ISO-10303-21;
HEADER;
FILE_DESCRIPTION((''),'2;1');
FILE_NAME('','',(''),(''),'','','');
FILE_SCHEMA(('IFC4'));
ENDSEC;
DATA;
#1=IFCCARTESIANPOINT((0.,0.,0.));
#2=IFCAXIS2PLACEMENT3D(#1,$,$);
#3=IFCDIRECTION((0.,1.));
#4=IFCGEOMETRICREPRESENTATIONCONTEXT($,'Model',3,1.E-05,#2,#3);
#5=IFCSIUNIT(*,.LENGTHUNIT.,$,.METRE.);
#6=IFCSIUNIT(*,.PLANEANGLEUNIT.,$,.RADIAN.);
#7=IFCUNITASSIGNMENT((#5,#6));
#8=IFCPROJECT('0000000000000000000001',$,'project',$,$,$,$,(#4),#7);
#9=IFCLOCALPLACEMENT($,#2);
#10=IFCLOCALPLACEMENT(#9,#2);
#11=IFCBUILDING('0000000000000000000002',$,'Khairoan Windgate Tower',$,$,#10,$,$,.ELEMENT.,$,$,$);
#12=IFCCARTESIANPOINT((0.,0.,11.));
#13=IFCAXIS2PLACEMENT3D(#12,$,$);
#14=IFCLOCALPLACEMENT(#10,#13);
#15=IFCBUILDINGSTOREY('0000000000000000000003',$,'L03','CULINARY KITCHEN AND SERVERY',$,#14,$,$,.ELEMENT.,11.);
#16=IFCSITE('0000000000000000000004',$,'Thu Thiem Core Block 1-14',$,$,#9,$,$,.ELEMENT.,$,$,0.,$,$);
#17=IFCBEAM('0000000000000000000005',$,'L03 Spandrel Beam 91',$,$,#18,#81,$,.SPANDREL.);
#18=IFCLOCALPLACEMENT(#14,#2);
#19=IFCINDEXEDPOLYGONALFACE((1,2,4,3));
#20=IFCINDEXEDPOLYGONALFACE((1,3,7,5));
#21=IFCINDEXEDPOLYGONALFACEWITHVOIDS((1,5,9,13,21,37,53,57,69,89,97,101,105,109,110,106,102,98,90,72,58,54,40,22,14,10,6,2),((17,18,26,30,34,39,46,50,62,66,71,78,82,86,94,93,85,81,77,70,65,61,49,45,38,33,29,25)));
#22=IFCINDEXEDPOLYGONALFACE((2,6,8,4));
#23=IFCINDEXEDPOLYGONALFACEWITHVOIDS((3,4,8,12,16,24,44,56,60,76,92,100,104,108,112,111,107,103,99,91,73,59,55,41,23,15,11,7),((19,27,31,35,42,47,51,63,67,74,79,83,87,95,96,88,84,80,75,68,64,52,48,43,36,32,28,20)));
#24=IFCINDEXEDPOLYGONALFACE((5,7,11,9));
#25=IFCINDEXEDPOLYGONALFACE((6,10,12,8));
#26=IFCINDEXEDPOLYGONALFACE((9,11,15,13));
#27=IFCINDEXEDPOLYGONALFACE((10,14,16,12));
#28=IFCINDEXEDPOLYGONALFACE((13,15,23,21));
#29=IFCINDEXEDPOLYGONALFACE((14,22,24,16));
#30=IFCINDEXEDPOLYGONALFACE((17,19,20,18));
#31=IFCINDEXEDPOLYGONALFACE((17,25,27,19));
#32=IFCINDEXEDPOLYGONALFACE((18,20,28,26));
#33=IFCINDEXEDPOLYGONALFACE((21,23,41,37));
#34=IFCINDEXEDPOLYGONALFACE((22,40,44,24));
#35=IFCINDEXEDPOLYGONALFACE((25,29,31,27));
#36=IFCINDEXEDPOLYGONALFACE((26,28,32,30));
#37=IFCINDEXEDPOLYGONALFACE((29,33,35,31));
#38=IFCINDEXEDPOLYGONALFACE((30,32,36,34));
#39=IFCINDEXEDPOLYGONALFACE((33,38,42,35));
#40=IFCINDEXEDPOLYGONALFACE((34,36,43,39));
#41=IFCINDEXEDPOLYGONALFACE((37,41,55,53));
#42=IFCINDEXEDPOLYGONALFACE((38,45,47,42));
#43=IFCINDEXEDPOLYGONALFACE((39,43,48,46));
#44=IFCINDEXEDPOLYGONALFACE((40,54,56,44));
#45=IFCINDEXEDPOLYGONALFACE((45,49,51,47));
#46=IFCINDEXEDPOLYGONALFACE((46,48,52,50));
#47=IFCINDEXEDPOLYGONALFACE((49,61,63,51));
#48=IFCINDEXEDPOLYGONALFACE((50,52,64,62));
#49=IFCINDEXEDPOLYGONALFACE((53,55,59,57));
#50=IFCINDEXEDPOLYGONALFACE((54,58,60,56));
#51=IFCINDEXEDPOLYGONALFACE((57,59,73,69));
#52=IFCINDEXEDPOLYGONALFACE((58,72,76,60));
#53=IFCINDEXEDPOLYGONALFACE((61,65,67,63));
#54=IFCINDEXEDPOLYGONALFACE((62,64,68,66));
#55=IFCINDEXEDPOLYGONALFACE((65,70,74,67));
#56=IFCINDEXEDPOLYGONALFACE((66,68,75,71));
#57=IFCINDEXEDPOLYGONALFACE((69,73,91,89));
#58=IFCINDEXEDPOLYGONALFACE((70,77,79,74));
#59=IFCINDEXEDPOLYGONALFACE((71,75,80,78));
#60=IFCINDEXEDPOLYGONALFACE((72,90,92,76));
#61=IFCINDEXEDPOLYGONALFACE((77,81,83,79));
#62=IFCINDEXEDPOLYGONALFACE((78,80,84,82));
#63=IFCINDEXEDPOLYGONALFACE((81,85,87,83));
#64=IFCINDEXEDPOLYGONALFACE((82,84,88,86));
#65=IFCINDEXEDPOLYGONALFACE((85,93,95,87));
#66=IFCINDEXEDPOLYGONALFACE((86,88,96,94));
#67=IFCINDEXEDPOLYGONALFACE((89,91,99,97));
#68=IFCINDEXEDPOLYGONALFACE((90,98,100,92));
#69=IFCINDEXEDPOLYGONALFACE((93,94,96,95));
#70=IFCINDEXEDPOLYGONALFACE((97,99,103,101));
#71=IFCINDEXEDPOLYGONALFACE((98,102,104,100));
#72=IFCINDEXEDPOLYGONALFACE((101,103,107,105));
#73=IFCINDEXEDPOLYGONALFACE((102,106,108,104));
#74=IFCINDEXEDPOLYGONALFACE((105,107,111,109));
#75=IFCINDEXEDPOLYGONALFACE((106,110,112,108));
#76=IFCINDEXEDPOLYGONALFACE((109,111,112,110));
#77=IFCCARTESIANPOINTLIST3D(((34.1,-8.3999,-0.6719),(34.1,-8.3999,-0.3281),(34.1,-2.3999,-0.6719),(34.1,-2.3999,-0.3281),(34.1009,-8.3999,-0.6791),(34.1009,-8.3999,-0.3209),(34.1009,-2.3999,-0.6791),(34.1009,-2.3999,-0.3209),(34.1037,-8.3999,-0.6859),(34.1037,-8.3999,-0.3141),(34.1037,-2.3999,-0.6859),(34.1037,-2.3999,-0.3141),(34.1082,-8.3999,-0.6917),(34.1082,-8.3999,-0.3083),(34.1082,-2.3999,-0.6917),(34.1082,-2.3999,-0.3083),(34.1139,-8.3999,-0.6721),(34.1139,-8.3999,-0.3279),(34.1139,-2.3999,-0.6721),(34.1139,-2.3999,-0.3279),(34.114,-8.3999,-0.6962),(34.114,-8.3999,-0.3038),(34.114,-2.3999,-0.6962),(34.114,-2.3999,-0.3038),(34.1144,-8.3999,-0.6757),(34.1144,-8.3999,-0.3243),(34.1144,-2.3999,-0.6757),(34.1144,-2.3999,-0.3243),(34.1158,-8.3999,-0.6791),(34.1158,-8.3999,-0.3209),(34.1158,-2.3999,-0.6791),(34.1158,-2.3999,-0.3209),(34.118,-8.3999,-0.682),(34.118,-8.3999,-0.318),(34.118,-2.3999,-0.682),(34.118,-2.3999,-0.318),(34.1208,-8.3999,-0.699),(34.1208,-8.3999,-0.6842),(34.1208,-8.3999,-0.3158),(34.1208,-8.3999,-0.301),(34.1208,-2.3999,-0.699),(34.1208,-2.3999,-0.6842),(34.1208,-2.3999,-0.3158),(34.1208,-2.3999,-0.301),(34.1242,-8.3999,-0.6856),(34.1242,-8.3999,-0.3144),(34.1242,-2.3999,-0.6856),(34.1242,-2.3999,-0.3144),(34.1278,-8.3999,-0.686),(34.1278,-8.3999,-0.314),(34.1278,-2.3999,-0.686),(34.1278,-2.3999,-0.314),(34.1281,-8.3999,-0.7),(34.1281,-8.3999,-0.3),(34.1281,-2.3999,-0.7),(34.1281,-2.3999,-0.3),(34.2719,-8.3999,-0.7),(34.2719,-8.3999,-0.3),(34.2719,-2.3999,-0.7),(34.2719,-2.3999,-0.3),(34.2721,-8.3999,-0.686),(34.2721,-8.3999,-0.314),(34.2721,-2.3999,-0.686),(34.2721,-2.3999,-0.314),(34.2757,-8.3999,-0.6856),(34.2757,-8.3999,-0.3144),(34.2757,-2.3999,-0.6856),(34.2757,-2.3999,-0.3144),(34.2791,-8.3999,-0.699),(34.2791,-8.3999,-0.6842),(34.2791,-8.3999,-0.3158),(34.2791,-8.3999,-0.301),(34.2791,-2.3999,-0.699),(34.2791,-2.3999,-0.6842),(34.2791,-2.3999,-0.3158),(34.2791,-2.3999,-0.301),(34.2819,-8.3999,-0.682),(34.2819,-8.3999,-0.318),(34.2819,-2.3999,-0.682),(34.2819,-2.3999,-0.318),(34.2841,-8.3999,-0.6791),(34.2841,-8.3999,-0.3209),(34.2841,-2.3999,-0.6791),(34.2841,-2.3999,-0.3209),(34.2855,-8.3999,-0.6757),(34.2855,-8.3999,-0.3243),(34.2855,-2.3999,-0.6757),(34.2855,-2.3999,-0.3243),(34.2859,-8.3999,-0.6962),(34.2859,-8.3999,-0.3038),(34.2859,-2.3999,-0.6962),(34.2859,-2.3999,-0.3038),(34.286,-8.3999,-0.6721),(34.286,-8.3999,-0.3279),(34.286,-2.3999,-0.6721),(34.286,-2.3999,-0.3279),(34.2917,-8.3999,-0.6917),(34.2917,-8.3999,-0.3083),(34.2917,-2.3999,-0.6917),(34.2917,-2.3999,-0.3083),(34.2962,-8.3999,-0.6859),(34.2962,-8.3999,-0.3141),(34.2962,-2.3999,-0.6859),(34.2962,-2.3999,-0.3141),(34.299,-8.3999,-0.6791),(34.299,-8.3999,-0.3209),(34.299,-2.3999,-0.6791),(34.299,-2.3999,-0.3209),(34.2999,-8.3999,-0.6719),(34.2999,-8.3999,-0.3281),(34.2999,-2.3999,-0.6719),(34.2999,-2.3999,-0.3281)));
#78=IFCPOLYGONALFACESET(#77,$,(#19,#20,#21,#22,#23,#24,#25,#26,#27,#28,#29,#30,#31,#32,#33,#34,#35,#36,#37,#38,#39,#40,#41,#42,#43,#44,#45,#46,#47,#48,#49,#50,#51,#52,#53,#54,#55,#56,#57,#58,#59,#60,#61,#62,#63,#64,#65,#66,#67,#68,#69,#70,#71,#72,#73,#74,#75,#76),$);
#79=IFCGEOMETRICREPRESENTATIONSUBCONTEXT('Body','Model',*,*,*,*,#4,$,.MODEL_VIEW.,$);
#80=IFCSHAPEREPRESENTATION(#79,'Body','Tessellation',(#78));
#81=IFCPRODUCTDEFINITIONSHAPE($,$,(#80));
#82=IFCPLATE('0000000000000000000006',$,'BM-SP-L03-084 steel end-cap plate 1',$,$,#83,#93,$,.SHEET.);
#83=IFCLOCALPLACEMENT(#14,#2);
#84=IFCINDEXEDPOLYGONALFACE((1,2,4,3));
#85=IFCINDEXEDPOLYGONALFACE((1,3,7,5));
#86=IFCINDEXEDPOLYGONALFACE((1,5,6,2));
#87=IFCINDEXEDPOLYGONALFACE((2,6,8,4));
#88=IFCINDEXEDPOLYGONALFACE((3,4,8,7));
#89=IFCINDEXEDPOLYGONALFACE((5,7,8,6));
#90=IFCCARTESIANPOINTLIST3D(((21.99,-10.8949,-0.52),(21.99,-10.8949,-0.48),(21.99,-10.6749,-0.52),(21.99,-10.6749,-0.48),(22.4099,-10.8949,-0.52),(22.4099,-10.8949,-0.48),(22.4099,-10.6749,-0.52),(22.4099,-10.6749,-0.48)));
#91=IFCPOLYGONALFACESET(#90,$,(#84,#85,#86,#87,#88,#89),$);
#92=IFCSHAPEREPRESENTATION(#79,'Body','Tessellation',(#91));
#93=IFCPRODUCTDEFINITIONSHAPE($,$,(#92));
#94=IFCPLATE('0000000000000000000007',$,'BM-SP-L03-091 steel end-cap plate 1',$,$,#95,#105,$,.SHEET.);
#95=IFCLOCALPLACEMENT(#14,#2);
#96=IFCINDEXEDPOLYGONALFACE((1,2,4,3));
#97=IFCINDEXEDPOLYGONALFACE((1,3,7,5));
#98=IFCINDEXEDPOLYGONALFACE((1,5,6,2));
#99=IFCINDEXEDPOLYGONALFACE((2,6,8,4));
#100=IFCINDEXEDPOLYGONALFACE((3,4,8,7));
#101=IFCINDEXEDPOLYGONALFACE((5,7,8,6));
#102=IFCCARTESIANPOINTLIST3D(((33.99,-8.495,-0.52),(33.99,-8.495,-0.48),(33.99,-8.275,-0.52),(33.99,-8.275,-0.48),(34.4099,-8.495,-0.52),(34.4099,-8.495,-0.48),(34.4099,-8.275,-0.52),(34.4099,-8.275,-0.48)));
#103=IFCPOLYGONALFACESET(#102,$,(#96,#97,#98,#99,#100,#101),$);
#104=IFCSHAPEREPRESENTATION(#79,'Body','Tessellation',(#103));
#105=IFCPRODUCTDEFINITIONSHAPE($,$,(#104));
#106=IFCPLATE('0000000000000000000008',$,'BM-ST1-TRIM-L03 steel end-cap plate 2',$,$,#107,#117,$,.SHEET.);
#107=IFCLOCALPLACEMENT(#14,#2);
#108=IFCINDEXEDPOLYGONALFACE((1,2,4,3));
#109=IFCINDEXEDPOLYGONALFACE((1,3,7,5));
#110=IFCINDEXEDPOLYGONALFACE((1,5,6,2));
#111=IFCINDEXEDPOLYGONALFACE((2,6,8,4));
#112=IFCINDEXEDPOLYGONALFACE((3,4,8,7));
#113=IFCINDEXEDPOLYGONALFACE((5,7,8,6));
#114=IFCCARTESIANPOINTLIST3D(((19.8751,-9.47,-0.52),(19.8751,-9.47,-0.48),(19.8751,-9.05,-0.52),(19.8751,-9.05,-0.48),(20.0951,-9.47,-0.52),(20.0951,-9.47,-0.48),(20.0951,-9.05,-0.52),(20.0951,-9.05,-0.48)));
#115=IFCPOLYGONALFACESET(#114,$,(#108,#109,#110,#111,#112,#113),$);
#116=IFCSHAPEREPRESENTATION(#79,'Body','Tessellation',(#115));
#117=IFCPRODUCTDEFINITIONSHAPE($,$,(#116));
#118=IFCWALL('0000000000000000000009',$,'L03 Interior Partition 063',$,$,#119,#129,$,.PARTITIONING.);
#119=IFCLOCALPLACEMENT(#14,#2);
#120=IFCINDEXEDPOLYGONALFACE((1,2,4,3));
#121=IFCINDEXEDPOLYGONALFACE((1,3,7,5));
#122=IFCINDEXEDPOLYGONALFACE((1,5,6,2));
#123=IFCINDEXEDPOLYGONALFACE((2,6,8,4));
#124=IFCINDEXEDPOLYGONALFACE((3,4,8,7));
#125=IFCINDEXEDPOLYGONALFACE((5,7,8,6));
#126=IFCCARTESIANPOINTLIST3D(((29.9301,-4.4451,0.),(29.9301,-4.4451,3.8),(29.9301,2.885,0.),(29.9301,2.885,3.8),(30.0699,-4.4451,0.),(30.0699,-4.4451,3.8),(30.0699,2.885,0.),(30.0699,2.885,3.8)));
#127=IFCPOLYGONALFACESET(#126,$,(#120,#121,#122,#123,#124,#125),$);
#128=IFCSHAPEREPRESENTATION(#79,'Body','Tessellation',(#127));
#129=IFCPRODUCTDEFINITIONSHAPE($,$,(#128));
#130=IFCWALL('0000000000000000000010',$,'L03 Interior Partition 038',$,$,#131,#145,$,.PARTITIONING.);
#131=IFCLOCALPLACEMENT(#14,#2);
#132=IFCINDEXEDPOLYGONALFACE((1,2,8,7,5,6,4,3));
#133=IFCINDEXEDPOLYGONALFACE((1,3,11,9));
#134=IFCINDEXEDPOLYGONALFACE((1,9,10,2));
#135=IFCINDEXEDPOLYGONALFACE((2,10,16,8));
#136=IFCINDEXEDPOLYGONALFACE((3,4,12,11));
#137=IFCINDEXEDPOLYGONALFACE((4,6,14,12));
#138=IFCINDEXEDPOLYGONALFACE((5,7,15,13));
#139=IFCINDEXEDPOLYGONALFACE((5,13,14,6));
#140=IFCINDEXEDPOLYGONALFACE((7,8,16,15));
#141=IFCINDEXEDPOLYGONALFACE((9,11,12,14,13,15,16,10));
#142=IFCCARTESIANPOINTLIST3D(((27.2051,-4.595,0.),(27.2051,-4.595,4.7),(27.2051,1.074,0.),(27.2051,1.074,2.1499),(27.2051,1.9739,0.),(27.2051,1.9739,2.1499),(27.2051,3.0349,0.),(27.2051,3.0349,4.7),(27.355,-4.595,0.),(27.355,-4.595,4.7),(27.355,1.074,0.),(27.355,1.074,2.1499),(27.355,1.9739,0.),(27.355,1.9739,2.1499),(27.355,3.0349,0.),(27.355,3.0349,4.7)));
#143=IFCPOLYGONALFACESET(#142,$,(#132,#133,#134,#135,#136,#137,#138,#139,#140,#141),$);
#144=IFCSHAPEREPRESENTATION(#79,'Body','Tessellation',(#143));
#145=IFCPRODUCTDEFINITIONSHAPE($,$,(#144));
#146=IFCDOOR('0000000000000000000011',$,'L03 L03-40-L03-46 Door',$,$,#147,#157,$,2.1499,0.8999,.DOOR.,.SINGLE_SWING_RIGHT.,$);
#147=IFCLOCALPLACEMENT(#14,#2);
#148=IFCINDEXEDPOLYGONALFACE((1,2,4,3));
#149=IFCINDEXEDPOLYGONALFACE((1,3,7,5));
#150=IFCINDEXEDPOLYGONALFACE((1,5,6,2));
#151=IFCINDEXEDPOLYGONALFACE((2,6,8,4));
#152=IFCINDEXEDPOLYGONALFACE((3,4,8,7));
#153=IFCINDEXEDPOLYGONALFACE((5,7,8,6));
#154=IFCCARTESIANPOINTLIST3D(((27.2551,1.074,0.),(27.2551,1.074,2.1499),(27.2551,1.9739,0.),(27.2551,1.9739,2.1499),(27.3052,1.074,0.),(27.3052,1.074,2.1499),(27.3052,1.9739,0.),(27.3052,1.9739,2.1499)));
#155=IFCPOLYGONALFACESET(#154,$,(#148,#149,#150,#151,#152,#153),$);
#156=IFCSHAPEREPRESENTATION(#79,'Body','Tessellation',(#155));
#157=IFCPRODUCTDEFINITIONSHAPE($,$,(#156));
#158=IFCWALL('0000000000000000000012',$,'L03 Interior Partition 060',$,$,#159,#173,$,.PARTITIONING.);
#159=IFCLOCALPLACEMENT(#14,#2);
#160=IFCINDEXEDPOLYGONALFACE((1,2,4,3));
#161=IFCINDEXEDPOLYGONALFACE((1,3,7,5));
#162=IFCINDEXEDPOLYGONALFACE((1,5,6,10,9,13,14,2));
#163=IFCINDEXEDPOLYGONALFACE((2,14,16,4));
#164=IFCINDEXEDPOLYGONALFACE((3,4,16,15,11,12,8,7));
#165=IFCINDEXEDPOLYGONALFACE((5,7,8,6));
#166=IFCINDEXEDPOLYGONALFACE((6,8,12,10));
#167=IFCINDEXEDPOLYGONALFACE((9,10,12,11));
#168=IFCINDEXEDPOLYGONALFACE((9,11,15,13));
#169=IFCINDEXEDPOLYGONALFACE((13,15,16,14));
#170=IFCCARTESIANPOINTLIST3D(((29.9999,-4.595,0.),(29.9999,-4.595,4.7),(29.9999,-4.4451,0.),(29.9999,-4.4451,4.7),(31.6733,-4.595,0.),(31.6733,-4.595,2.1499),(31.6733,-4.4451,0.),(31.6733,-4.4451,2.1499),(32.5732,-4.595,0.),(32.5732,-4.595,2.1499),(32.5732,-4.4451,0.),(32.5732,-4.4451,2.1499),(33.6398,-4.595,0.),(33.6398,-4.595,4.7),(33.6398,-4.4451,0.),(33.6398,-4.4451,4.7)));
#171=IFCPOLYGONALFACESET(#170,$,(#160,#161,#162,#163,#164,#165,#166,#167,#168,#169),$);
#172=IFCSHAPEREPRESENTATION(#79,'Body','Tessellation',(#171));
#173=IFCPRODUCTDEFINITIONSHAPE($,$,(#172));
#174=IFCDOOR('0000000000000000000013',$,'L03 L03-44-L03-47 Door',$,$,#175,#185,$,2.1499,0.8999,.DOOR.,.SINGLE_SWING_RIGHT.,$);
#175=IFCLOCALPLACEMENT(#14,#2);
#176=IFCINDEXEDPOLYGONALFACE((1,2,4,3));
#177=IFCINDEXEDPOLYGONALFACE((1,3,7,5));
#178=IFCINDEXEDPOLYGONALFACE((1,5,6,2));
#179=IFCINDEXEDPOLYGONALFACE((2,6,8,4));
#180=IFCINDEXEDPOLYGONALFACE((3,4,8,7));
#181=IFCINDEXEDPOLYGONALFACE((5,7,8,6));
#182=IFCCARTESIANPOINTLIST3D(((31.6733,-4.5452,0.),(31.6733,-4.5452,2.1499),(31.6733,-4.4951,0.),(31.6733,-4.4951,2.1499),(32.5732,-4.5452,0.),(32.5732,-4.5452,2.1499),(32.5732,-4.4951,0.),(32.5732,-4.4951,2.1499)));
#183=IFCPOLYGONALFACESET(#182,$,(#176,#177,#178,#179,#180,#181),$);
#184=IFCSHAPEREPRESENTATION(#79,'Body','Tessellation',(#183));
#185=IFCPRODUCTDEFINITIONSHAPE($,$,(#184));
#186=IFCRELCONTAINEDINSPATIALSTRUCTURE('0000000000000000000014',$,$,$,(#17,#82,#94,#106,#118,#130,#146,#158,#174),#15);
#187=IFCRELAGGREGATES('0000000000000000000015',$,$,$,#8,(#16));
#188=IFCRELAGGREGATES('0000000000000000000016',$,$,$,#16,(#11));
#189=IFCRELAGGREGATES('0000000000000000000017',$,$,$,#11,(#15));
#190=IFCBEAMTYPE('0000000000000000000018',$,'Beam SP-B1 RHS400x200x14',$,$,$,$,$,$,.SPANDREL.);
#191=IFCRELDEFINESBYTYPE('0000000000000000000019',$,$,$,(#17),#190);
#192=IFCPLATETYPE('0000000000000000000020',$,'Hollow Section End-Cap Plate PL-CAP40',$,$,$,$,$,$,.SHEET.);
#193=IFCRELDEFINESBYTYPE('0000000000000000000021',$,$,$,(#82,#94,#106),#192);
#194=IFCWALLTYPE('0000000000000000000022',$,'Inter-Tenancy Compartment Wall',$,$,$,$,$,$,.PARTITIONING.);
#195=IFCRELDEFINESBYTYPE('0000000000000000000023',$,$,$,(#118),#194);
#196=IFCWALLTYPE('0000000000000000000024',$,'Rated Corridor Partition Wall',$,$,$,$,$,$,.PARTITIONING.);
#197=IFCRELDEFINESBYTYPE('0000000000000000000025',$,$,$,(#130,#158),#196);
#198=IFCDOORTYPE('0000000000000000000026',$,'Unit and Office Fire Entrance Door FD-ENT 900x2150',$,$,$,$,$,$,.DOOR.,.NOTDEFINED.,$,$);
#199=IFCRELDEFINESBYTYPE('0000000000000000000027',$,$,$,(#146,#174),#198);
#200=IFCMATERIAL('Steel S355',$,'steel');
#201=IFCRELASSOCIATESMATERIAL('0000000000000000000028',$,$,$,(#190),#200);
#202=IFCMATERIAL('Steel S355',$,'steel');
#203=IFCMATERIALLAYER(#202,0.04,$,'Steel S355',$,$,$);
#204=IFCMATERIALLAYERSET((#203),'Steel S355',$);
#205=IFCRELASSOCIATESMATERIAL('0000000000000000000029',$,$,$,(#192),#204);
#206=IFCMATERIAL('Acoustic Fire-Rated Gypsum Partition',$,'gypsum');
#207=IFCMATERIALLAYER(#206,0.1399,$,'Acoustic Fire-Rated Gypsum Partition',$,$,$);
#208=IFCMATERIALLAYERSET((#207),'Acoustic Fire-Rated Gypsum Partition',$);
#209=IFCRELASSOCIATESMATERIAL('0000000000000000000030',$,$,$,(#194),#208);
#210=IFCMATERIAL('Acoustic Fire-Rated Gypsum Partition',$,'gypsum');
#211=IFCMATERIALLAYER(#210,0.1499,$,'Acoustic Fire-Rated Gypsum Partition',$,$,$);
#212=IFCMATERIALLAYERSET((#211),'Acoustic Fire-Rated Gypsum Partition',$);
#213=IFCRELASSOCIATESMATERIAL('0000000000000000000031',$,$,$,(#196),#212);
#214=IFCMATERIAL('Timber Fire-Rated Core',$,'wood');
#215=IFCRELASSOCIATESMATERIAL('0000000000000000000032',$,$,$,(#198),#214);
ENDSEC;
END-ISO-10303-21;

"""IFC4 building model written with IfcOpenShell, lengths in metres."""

from ifc_helpers import new_model, si_unit, direction, frame, frame_2d, origin, origin_2d, place, context, subcontext, project, spatial, rectangle, hollow_rectangle, extrude, material, layer, layer_set, material_profile, profile_set, type_object, element, fill, save


model = new_model("IFC4")

# Units and contexts
model_context = context("Model", 3, precision=1e-05, world=origin(), true_north=direction((0.0, 1.0)))
body_context = subcontext(model_context, "Body", "Model", "MODEL_VIEW")
ifc_project = project(units=[si_unit("LENGTHUNIT", "METRE"), si_unit("PLANEANGLEUNIT", "RADIAN")], contexts=[model_context])

# Site, building, storey
site_placement = place(None, origin())
site = spatial("IfcSite", under=ifc_project, at=site_placement, Name="Thu Thiem Core Block 1-14", CompositionType="ELEMENT", RefElevation=0.0)
building_placement = place(site_placement, origin())
building = spatial("IfcBuilding", under=site, at=building_placement, Name="Khairoan Windgate Tower", CompositionType="ELEMENT")
storey_placement = place(building_placement, frame((0.0, 0.0, 11.0)))
storey = spatial("IfcBuildingStorey", under=building, at=storey_placement, Name="L03", Description="CULINARY KITCHEN AND SERVERY", CompositionType="ELEMENT", Elevation=11.0)

# Beam
ifc_material_1 = material(Name="Steel S355", Category="steel")
ifc_material_profile_1 = material_profile(ifc_material_1, hollow_rectangle(XDim=0.2, YDim=0.3999, WallThickness=0.0139, InnerFilletRadius=0.0139, OuterFilletRadius=0.0281, at=origin_2d()))
ifc_profile_set_1 = profile_set([ifc_material_profile_1], Name="Steel S355")
beam_type_1 = type_object("IfcBeamType", Name="Beam SP-B1 RHS400x200x14", PredefinedType="SPANDREL", material=ifc_profile_set_1)
beam_1_placement = place(storey_placement, frame((34.2, -8.3999, -0.5), z_axis=(0.0, 1.0, 0.0), x_axis=(-1.0, 0.0, 0.0)))
element("IfcBeam", 1, at=beam_1_placement, inside=storey, type_object=beam_type_1, Name="L03 Spandrel Beam 91", PredefinedType="SPANDREL", context=body_context, shape_type="SweptSolid", body=[
    extrude(hollow_rectangle(XDim=0.2, YDim=0.3999, WallThickness=0.0139, InnerFilletRadius=0.0139, OuterFilletRadius=0.0281, at=origin_2d()), origin(), (0.0, 0.0, 1.0), 6.0),
])

# Plates
ifc_material_2 = material(Name="Steel S355", Category="steel")
ifc_layer_1 = layer(ifc_material_2, 0.04, Name="Steel S355")
ifc_layer_set_1 = layer_set([ifc_layer_1], Name="Steel S355")
plate_type = type_object("IfcPlateType", Name="Hollow Section End-Cap Plate PL-CAP40", PredefinedType="SHEET", material=ifc_layer_set_1)
for number, where, z_axis, x_axis, name in (
    (2, (22.2, -10.7849, -0.52), (0.0, 0.0, 1.0), (0.0, 1.0, 0.0), "BM-SP-L03-084 steel end-cap plate 1"),
    (3, (34.2, -8.385, -0.52), (0.0, 0.0, 1.0), (0.0, 1.0, 0.0), "BM-SP-L03-091 steel end-cap plate 1"),
    (4, (19.9851, -9.26, -0.52), (0.0, 0.0, 1.0), (1.0, 0.0, 0.0), "BM-ST1-TRIM-L03 steel end-cap plate 2"),
):
    element("IfcPlate", number, at=place(storey_placement, frame(where, z_axis=z_axis, x_axis=x_axis)), inside=storey, type_object=plate_type, Name=name, PredefinedType="SHEET", context=body_context, shape_type="SweptSolid", body=[
        extrude(rectangle(XDim=0.22, YDim=0.4199, at=origin_2d()), origin(), (0.0, 0.0, 1.0), 0.04),
    ])

# Wall
ifc_material_3 = material(Name="Acoustic Fire-Rated Gypsum Partition", Category="gypsum")
ifc_layer_2 = layer(ifc_material_3, 0.1399, Name="Acoustic Fire-Rated Gypsum Partition")
ifc_layer_set_2 = layer_set([ifc_layer_2], Name="Acoustic Fire-Rated Gypsum Partition")
wall_type_1 = type_object("IfcWallType", Name="Inter-Tenancy Compartment Wall", PredefinedType="PARTITIONING", material=ifc_layer_set_2)
wall_1_placement = place(storey_placement, frame((30.0, -4.4451, 0.0), z_axis=(0.0, 0.0, 1.0), x_axis=(0.0, 1.0, 0.0)))
element("IfcWall", 5, at=wall_1_placement, inside=storey, type_object=wall_type_1, Name="L03 Interior Partition 063", PredefinedType="PARTITIONING", context=body_context, shape_type="SweptSolid", body=[
    extrude(rectangle(XDim=7.3301, YDim=0.1399, at=frame_2d((3.665, 0.0))), origin(), (0.0, 0.0, 1.0), 3.8),
])

# Walls, openings, doors
ifc_material_4 = material(Name="Acoustic Fire-Rated Gypsum Partition", Category="gypsum")
ifc_layer_3 = layer(ifc_material_4, 0.1499, Name="Acoustic Fire-Rated Gypsum Partition")
ifc_layer_set_3 = layer_set([ifc_layer_3], Name="Acoustic Fire-Rated Gypsum Partition")
wall_type_2 = type_object("IfcWallType", Name="Rated Corridor Partition Wall", PredefinedType="PARTITIONING", material=ifc_layer_set_3)
wall_2_placement = place(storey_placement, frame((27.28, -4.595, 0.0), z_axis=(0.0, 0.0, 1.0), x_axis=(0.0, 1.0, 0.0)))
wall_2 = element("IfcWall", 6, at=wall_2_placement, inside=storey, type_object=wall_type_2, Name="L03 Interior Partition 038", PredefinedType="PARTITIONING", context=body_context, shape_type="SweptSolid", body=[
    extrude(rectangle(XDim=7.6299, YDim=0.1499, at=frame_2d((3.8149, 0.0))), origin(), (0.0, 0.0, 1.0), 4.7),
])
opening_1_placement = place(wall_2_placement, frame((5.6689, 0.0, 0.0)))
opening_1 = element("IfcOpeningElement", 7, at=opening_1_placement, cuts=wall_2, PredefinedType="OPENING", context=body_context, shape_type="SweptSolid", body=[
    extrude(rectangle(XDim=0.8999, YDim=2.1499, at=frame_2d((0.45, 1.075))), frame((0.0, 0.085, 0.0), z_axis=(0.0, -1.0, 0.0), x_axis=(1.0, 0.0, 0.0)), (0.0, 0.0, 1.0), 0.1699),
])
ifc_material_5 = material(Name="Timber Fire-Rated Core", Category="wood")
door_type_1 = type_object("IfcDoorType", Name="Unit and Office Fire Entrance Door FD-ENT 900x2150", OperationType="NOTDEFINED", PredefinedType="DOOR", material=ifc_material_5)
door_1_placement = place(opening_1_placement, origin())
door_1 = element("IfcDoor", 8, at=door_1_placement, inside=storey, type_object=door_type_1, Name="L03 L03-40-L03-46 Door", OperationType="SINGLE_SWING_RIGHT", OverallHeight=2.1499, OverallWidth=0.8999, PredefinedType="DOOR", context=body_context, shape_type="SweptSolid", body=[
    extrude(rectangle(XDim=0.8999, YDim=2.1499, at=frame_2d((0.45, 1.075))), frame((0.0, 0.0249, 0.0), z_axis=(0.0, -1.0, 0.0), x_axis=(1.0, 0.0, 0.0)), (0.0, 0.0, 1.0), 0.05),
])
fill(opening_1, door_1)
wall_3_placement = place(storey_placement, frame((30.0, -4.52, 0.0), z_axis=(0.0, 0.0, 1.0), x_axis=(1.0, 0.0, 0.0)))
wall_3 = element("IfcWall", 9, at=wall_3_placement, inside=storey, type_object=wall_type_2, Name="L03 Interior Partition 060", PredefinedType="PARTITIONING", context=body_context, shape_type="SweptSolid", body=[
    extrude(rectangle(XDim=3.6399, YDim=0.1499, at=frame_2d((1.8198, 0.0))), origin(), (0.0, 0.0, 1.0), 4.7),
])
opening_2_placement = place(wall_3_placement, frame((1.6733, 0.0, 0.0)))
opening_2 = element("IfcOpeningElement", 10, at=opening_2_placement, cuts=wall_3, PredefinedType="OPENING", context=body_context, shape_type="SweptSolid", body=[
    extrude(rectangle(XDim=0.8999, YDim=2.1499, at=frame_2d((0.45, 1.075))), frame((0.0, 0.085, 0.0), z_axis=(0.0, -1.0, 0.0), x_axis=(1.0, 0.0, 0.0)), (0.0, 0.0, 1.0), 0.1699),
])
door_2_placement = place(opening_2_placement, origin())
door_2 = element("IfcDoor", 11, at=door_2_placement, inside=storey, type_object=door_type_1, Name="L03 L03-44-L03-47 Door", OperationType="SINGLE_SWING_RIGHT", OverallHeight=2.1499, OverallWidth=0.8999, PredefinedType="DOOR", context=body_context, shape_type="SweptSolid", body=[
    extrude(rectangle(XDim=0.8999, YDim=2.1499, at=frame_2d((0.45, 1.075))), frame((0.0, 0.0249, 0.0), z_axis=(0.0, -1.0, 0.0), x_axis=(1.0, 0.0, 0.0)), (0.0, 0.0, 1.0), 0.05),
])
fill(opening_2, door_2)

save(model, "model.ifc")
